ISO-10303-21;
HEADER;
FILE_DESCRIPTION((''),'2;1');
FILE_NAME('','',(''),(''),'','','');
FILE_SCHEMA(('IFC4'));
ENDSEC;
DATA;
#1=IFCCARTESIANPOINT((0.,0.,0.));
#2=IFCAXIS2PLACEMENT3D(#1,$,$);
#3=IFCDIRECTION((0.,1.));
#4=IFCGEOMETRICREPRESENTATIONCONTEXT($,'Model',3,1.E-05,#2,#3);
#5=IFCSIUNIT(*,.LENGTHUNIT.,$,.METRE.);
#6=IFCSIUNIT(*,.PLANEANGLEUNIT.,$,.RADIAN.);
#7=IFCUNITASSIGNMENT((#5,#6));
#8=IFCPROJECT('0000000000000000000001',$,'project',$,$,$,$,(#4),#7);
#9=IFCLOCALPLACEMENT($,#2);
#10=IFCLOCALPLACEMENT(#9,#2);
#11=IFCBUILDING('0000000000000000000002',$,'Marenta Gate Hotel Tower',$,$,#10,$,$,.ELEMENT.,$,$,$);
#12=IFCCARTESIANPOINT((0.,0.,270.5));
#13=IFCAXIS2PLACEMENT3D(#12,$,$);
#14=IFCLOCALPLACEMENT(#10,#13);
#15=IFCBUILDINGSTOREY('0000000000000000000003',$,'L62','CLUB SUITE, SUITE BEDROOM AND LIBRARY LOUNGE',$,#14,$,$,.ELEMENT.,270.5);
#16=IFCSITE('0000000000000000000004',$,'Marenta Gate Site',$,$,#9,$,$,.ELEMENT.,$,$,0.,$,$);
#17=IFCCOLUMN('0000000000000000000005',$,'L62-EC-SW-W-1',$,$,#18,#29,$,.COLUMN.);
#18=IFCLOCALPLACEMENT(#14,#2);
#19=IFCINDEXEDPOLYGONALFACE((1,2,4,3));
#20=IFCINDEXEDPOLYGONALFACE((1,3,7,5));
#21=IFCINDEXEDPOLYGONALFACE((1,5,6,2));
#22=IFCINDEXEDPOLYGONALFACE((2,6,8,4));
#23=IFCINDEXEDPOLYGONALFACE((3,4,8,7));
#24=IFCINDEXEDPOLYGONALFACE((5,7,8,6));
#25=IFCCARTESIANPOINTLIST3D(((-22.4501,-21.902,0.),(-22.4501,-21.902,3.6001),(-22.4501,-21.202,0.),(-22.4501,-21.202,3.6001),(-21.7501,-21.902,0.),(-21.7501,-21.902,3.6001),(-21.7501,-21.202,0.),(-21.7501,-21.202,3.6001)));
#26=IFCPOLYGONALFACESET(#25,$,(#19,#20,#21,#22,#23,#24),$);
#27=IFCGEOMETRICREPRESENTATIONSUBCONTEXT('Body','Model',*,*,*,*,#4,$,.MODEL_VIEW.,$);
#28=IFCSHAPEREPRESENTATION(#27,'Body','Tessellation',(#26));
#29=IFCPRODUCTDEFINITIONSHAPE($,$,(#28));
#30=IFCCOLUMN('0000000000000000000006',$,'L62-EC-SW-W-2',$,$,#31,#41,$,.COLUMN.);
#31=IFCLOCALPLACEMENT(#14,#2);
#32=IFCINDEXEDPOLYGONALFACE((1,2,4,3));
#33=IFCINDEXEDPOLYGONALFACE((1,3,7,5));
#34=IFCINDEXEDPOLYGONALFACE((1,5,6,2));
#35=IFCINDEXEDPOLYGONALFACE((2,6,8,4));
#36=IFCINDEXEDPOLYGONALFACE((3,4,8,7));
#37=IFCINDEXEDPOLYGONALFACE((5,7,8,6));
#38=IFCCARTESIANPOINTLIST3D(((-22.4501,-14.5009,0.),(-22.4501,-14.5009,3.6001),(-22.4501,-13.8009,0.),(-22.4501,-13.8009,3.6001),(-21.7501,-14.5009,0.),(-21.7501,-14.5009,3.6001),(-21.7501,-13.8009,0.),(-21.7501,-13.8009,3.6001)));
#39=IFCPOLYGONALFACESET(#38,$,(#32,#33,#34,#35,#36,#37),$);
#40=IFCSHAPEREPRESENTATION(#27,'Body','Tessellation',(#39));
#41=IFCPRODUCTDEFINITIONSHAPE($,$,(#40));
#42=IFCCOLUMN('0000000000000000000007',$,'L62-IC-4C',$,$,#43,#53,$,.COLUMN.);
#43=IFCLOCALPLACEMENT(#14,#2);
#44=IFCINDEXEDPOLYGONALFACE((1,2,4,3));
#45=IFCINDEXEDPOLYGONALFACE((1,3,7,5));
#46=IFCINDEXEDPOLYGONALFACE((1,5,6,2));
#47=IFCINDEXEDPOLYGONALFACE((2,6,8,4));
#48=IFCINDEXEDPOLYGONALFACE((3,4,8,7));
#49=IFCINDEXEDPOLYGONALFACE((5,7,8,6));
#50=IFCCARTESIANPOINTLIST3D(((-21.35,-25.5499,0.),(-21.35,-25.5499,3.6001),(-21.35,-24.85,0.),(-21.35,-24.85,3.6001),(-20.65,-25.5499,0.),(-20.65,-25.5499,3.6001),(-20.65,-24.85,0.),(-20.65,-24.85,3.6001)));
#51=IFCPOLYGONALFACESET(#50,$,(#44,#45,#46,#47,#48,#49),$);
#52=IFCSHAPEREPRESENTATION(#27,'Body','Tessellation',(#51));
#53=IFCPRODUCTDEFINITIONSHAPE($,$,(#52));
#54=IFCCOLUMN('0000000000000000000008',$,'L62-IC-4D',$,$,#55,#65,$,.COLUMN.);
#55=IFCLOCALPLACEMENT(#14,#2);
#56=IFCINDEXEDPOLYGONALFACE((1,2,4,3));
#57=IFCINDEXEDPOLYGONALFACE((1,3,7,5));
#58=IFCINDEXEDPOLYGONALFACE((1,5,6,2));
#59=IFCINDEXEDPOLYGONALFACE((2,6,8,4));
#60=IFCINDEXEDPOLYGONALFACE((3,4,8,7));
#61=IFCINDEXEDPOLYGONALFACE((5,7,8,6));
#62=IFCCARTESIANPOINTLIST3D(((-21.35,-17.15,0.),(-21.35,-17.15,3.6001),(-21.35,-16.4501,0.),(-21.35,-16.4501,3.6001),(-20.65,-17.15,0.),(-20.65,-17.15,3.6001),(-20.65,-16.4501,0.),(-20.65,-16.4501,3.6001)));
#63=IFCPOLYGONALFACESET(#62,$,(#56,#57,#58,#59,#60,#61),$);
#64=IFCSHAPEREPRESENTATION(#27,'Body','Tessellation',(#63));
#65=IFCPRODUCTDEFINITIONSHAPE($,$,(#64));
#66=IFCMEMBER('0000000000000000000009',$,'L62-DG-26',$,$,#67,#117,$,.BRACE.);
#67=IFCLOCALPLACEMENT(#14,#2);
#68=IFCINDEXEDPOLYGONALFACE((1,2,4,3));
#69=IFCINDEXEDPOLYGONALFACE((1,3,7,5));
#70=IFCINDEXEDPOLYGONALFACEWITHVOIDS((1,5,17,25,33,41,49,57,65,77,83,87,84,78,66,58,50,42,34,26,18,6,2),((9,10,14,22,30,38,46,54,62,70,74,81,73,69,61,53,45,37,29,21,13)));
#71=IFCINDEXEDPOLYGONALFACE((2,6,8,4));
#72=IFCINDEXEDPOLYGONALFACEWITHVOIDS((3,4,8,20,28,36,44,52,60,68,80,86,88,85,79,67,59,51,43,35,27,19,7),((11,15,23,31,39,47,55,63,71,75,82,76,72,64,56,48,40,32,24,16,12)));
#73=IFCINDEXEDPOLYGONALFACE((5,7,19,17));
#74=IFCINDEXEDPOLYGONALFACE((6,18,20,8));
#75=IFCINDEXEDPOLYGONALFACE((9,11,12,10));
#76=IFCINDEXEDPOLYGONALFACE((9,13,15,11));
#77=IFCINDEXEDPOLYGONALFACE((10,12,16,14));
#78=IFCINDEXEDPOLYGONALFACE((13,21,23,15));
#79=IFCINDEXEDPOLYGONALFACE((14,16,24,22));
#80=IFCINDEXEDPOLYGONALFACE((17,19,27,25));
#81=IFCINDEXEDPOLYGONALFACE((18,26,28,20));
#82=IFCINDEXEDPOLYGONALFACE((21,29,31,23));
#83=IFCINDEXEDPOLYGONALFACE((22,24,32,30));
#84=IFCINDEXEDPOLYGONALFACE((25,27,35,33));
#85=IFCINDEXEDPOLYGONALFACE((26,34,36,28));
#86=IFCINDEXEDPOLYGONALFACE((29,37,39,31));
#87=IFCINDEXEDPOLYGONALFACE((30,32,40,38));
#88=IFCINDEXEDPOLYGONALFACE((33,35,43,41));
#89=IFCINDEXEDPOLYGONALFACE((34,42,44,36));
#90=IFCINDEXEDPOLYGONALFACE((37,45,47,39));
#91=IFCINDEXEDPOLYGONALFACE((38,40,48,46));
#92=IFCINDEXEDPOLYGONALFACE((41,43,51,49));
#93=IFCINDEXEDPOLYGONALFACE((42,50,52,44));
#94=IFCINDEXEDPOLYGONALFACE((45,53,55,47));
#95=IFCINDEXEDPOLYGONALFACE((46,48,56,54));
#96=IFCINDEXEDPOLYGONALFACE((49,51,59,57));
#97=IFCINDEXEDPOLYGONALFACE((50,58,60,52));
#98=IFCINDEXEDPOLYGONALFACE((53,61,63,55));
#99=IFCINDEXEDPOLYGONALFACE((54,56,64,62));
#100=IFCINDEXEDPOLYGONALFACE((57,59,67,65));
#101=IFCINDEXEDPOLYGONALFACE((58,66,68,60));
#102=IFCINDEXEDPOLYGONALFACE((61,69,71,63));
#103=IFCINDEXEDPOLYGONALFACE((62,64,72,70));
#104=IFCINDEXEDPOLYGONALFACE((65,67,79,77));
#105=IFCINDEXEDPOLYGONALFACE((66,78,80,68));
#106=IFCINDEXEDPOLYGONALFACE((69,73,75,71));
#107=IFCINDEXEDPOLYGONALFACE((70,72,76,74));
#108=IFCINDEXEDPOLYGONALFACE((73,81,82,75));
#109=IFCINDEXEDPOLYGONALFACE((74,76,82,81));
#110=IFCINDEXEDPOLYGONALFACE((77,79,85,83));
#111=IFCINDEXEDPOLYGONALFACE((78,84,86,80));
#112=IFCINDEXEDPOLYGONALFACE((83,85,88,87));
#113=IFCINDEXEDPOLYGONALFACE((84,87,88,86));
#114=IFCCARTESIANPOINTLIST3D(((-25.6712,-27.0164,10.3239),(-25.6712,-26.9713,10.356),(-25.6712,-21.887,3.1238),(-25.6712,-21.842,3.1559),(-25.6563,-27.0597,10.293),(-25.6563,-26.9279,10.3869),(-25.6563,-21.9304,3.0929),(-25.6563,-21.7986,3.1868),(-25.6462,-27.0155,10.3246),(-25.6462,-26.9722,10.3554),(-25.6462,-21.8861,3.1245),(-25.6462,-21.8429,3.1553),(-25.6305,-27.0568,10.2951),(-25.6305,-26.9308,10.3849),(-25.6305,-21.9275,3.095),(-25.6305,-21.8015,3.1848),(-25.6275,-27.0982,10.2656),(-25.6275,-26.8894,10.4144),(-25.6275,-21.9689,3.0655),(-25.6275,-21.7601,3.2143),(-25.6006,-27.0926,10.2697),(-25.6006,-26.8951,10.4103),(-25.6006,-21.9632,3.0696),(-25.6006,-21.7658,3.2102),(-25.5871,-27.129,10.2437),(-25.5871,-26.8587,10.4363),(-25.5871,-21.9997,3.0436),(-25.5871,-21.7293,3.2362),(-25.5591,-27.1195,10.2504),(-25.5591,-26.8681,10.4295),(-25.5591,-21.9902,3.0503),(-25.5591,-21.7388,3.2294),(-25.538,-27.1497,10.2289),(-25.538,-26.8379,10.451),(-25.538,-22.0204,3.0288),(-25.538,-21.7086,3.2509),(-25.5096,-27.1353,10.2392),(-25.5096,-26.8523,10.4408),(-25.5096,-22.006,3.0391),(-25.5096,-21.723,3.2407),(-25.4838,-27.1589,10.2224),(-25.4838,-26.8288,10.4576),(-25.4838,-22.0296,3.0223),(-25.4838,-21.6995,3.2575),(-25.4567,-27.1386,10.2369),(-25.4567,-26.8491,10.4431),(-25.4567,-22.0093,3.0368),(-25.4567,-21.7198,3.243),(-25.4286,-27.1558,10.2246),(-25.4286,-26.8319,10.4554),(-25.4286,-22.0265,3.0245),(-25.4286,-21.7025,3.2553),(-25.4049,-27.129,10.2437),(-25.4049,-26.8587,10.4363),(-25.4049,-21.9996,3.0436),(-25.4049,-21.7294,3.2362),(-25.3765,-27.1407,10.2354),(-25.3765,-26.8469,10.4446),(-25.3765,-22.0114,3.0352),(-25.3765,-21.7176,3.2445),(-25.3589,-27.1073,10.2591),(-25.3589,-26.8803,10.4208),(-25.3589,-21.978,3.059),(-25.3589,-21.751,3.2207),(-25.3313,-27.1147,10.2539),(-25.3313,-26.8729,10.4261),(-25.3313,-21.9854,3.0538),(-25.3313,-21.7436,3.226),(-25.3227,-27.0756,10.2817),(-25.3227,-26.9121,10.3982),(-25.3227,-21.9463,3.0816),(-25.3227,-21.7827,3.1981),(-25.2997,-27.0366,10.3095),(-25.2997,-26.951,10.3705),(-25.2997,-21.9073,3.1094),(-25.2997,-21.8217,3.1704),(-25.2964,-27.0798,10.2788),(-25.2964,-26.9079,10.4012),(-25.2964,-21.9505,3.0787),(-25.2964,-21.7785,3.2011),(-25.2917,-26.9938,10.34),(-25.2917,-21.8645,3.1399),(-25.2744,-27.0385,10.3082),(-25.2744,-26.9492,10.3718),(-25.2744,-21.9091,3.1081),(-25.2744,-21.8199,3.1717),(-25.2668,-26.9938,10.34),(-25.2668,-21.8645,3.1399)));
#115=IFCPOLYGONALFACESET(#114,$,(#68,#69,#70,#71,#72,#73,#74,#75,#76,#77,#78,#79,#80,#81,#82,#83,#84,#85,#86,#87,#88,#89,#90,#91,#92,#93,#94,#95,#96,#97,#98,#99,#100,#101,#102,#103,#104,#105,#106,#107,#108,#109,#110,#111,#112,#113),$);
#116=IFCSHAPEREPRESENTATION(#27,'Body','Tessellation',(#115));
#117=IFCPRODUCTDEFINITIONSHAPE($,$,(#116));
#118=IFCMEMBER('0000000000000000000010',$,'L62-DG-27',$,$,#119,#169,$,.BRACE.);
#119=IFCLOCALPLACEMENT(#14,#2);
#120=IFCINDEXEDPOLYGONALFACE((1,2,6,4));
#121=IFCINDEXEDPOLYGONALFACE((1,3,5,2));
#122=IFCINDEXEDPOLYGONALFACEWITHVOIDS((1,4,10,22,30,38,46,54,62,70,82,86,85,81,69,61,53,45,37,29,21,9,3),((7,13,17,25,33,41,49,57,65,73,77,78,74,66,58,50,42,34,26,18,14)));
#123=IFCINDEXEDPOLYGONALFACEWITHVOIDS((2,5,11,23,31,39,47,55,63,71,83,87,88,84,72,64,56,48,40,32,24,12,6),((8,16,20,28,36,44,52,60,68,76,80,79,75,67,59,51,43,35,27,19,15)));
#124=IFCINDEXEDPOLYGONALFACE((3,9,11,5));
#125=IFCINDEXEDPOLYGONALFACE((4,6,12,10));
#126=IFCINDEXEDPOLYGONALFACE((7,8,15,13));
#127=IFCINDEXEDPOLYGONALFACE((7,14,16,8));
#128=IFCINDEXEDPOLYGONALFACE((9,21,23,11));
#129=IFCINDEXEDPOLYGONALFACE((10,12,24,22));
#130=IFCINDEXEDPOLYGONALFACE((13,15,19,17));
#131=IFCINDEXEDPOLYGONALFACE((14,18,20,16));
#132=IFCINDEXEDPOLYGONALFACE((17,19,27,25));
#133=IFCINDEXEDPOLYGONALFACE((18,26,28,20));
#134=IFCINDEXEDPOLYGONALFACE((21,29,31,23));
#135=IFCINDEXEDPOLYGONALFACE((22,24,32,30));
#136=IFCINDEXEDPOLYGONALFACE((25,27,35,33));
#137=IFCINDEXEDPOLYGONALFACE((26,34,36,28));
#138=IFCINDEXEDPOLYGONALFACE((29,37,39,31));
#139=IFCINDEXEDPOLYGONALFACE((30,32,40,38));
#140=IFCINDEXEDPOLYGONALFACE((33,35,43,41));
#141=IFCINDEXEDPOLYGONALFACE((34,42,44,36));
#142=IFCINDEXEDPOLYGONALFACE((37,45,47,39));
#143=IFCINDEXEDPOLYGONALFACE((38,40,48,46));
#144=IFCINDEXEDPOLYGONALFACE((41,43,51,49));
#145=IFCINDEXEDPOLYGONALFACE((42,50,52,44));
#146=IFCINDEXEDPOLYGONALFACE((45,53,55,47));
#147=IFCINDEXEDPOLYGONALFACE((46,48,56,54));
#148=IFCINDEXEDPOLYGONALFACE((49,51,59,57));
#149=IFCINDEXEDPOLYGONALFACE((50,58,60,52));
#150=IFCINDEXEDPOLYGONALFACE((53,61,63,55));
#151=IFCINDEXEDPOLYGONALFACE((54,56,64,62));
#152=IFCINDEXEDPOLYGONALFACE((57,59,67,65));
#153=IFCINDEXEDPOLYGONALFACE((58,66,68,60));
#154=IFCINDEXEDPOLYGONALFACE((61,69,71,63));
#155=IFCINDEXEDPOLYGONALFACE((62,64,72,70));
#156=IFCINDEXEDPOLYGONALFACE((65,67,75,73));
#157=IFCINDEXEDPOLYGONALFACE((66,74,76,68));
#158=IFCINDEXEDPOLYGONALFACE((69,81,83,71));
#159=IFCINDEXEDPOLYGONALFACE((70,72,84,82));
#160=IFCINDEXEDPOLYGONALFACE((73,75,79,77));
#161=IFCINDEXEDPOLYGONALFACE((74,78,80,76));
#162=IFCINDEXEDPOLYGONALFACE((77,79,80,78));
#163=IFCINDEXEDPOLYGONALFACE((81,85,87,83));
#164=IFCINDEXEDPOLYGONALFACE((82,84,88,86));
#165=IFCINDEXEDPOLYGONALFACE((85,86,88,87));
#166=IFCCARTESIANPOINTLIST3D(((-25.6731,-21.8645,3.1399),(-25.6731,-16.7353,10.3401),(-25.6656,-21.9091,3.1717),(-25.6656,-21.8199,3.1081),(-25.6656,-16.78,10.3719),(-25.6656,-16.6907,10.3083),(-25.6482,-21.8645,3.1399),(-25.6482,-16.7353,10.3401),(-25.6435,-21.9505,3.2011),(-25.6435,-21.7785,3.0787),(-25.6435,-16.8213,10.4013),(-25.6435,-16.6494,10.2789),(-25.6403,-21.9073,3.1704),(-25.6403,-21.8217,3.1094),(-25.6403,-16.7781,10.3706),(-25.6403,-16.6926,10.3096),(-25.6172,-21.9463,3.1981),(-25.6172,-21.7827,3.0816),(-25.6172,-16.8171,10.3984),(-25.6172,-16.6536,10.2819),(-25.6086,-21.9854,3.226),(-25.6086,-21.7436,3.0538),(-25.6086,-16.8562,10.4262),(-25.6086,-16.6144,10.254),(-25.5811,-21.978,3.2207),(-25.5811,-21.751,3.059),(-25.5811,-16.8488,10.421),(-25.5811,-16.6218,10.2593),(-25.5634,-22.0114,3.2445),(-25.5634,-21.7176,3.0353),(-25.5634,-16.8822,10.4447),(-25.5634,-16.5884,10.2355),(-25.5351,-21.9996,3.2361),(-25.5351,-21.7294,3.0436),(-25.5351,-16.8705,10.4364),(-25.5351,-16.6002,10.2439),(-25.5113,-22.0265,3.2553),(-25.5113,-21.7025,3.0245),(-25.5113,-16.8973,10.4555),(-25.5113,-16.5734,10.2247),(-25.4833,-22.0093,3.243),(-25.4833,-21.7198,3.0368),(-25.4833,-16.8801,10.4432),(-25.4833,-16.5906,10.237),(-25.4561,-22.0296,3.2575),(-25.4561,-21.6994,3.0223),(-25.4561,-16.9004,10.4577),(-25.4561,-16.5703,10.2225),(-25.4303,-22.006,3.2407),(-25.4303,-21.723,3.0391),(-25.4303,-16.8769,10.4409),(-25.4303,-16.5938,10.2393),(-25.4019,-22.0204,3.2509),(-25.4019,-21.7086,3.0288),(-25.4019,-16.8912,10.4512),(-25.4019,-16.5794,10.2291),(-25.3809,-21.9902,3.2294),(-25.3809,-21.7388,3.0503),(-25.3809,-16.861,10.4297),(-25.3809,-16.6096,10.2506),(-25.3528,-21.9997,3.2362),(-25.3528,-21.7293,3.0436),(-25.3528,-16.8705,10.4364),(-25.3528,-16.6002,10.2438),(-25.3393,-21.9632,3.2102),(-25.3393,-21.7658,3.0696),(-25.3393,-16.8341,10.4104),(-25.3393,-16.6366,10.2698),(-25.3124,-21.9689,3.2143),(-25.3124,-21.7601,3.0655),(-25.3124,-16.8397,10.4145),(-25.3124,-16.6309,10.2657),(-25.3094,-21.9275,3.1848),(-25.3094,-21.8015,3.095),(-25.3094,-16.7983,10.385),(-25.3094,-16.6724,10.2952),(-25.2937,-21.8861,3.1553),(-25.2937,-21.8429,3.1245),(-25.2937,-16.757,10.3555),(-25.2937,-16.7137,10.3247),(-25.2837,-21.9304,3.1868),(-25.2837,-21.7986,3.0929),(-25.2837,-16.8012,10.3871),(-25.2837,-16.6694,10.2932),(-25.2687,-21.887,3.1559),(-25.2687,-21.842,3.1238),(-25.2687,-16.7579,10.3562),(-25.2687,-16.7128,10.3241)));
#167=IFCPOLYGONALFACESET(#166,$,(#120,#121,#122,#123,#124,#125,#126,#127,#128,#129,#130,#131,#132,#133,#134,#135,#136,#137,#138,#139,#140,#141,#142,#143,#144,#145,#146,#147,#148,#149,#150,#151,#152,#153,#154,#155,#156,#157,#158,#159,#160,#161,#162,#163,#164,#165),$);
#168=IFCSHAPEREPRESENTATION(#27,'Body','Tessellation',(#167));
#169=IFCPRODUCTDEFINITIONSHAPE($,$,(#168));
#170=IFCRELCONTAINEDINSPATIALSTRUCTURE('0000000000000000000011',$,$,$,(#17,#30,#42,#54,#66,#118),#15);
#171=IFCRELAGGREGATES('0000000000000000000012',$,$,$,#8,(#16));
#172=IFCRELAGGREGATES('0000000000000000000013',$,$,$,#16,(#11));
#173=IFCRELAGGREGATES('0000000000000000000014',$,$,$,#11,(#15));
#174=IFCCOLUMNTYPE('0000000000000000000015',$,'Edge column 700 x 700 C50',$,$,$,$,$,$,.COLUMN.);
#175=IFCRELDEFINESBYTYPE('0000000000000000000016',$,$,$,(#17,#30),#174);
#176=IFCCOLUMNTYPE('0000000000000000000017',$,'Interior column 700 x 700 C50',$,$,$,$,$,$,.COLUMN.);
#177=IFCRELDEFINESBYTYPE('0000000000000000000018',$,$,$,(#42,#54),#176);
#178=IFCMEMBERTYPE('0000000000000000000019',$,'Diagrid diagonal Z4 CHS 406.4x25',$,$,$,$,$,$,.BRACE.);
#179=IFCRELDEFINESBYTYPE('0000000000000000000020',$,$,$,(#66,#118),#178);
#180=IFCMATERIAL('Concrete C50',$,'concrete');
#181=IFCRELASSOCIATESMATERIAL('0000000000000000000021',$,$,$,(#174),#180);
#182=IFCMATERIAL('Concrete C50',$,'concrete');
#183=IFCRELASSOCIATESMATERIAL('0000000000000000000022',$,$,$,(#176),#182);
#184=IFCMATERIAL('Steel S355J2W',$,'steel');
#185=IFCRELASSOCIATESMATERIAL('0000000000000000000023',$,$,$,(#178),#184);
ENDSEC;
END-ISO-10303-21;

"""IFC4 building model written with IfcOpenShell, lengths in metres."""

from ifc_helpers import new_model, si_unit, direction, frame, origin, origin_2d, place, context, subcontext, project, spatial, rectangle, hollow_circle, extrude, material, material_profile, profile_set, type_object, element, save


model = new_model("IFC4")

# Units and contexts
model_context = context("Model", 3, precision=1e-05, world=origin(), true_north=direction((0.0, 1.0)))
body_context = subcontext(model_context, "Body", "Model", "MODEL_VIEW")
ifc_project = project(units=[si_unit("LENGTHUNIT", "METRE"), si_unit("PLANEANGLEUNIT", "RADIAN")], contexts=[model_context])

# Site, building, storey
site_placement = place(None, origin())
site = spatial("IfcSite", under=ifc_project, at=site_placement, Name="Marenta Gate Site", CompositionType="ELEMENT", RefElevation=0.0)
building_placement = place(site_placement, origin())
building = spatial("IfcBuilding", under=site, at=building_placement, Name="Marenta Gate Hotel Tower", CompositionType="ELEMENT")
storey_placement = place(building_placement, frame((0.0, 0.0, 270.5)))
storey = spatial("IfcBuildingStorey", under=building, at=storey_placement, Name="L62", Description="CLUB SUITE, SUITE BEDROOM AND LIBRARY LOUNGE", CompositionType="ELEMENT", Elevation=270.5)

# Columns
ifc_material_1 = material(Name="Concrete C50", Category="concrete")
ifc_material_profile_1 = material_profile(ifc_material_1, rectangle(XDim=0.7, YDim=0.7, at=origin_2d()), Name="700 x 700")
ifc_profile_set_1 = profile_set([ifc_material_profile_1], Name="Concrete C50")
column_type_1 = type_object("IfcColumnType", Name="Edge column 700 x 700 C50", PredefinedType="COLUMN", material=ifc_profile_set_1)
for number, where, z_axis, x_axis, name in (
    (1, (-22.1001, -21.552, 0.0), (0.0, 0.0, 1.0), (1.0, 0.0, 0.0), "L62-EC-SW-W-1"),
    (2, (-22.1001, -14.1509, 0.0), (0.0, 0.0, 1.0), (1.0, 0.0, 0.0), "L62-EC-SW-W-2"),
):
    element("IfcColumn", number, at=place(storey_placement, frame(where, z_axis=z_axis, x_axis=x_axis)), inside=storey, type_object=column_type_1, Name=name, PredefinedType="COLUMN", context=body_context, shape_type="SweptSolid", body=[
        extrude(rectangle(XDim=0.7, YDim=0.7, at=origin_2d()), origin(), (0.0, 0.0, 1.0), 3.6001),
    ])
ifc_material_2 = material(Name="Concrete C50", Category="concrete")
ifc_material_profile_2 = material_profile(ifc_material_2, rectangle(XDim=0.7, YDim=0.7, at=origin_2d()), Name="700 x 700")
ifc_profile_set_2 = profile_set([ifc_material_profile_2], Name="Concrete C50")
column_type_2 = type_object("IfcColumnType", Name="Interior column 700 x 700 C50", PredefinedType="COLUMN", material=ifc_profile_set_2)
for number, where, z_axis, x_axis, name in (
    (3, (-21.0, -25.2, 0.0), (0.0, 0.0, 1.0), (1.0, 0.0, 0.0), "L62-IC-4C"),
    (4, (-21.0, -16.8, 0.0), (0.0, 0.0, 1.0), (1.0, 0.0, 0.0), "L62-IC-4D"),
):
    element("IfcColumn", number, at=place(storey_placement, frame(where, z_axis=z_axis, x_axis=x_axis)), inside=storey, type_object=column_type_2, Name=name, PredefinedType="COLUMN", context=body_context, shape_type="SweptSolid", body=[
        extrude(rectangle(XDim=0.7, YDim=0.7, at=origin_2d()), origin(), (0.0, 0.0, 1.0), 3.6001),
    ])

# Members
ifc_material_3 = material(Name="Steel S355J2W", Category="steel")
ifc_material_profile_3 = material_profile(ifc_material_3, hollow_circle(Radius=0.2031, WallThickness=0.0249, at=origin_2d()), Name="CHS 406.4x25")
ifc_profile_set_3 = profile_set([ifc_material_profile_3], Name="Steel S355J2W")
member_type_1 = type_object("IfcMemberType", Name="Diagrid diagonal Z4 CHS 406.4x25", PredefinedType="BRACE", material=ifc_profile_set_3)
for number, where, z_axis, x_axis, name in (
    (5, (-25.47, -21.8645, 3.1399), (0.0, -0.580219, 0.814461), (1.0, 0.0, 0.0), "L62-DG-26"),
    (6, (-25.47, -21.8645, 3.1399), (0.0, 0.580201, 0.814474), (-1.0, 0.0, 0.0), "L62-DG-27"),
):
    element("IfcMember", number, at=place(storey_placement, frame(where, z_axis=z_axis, x_axis=x_axis)), inside=storey, type_object=member_type_1, Name=name, PredefinedType="BRACE", context=body_context, shape_type="SweptSolid", body=[
        extrude(hollow_circle(Radius=0.2031, WallThickness=0.0249, at=origin_2d()), origin(), (0.0, 0.0, 1.0), 8.8403),
    ])

save(model, "model.ifc")
